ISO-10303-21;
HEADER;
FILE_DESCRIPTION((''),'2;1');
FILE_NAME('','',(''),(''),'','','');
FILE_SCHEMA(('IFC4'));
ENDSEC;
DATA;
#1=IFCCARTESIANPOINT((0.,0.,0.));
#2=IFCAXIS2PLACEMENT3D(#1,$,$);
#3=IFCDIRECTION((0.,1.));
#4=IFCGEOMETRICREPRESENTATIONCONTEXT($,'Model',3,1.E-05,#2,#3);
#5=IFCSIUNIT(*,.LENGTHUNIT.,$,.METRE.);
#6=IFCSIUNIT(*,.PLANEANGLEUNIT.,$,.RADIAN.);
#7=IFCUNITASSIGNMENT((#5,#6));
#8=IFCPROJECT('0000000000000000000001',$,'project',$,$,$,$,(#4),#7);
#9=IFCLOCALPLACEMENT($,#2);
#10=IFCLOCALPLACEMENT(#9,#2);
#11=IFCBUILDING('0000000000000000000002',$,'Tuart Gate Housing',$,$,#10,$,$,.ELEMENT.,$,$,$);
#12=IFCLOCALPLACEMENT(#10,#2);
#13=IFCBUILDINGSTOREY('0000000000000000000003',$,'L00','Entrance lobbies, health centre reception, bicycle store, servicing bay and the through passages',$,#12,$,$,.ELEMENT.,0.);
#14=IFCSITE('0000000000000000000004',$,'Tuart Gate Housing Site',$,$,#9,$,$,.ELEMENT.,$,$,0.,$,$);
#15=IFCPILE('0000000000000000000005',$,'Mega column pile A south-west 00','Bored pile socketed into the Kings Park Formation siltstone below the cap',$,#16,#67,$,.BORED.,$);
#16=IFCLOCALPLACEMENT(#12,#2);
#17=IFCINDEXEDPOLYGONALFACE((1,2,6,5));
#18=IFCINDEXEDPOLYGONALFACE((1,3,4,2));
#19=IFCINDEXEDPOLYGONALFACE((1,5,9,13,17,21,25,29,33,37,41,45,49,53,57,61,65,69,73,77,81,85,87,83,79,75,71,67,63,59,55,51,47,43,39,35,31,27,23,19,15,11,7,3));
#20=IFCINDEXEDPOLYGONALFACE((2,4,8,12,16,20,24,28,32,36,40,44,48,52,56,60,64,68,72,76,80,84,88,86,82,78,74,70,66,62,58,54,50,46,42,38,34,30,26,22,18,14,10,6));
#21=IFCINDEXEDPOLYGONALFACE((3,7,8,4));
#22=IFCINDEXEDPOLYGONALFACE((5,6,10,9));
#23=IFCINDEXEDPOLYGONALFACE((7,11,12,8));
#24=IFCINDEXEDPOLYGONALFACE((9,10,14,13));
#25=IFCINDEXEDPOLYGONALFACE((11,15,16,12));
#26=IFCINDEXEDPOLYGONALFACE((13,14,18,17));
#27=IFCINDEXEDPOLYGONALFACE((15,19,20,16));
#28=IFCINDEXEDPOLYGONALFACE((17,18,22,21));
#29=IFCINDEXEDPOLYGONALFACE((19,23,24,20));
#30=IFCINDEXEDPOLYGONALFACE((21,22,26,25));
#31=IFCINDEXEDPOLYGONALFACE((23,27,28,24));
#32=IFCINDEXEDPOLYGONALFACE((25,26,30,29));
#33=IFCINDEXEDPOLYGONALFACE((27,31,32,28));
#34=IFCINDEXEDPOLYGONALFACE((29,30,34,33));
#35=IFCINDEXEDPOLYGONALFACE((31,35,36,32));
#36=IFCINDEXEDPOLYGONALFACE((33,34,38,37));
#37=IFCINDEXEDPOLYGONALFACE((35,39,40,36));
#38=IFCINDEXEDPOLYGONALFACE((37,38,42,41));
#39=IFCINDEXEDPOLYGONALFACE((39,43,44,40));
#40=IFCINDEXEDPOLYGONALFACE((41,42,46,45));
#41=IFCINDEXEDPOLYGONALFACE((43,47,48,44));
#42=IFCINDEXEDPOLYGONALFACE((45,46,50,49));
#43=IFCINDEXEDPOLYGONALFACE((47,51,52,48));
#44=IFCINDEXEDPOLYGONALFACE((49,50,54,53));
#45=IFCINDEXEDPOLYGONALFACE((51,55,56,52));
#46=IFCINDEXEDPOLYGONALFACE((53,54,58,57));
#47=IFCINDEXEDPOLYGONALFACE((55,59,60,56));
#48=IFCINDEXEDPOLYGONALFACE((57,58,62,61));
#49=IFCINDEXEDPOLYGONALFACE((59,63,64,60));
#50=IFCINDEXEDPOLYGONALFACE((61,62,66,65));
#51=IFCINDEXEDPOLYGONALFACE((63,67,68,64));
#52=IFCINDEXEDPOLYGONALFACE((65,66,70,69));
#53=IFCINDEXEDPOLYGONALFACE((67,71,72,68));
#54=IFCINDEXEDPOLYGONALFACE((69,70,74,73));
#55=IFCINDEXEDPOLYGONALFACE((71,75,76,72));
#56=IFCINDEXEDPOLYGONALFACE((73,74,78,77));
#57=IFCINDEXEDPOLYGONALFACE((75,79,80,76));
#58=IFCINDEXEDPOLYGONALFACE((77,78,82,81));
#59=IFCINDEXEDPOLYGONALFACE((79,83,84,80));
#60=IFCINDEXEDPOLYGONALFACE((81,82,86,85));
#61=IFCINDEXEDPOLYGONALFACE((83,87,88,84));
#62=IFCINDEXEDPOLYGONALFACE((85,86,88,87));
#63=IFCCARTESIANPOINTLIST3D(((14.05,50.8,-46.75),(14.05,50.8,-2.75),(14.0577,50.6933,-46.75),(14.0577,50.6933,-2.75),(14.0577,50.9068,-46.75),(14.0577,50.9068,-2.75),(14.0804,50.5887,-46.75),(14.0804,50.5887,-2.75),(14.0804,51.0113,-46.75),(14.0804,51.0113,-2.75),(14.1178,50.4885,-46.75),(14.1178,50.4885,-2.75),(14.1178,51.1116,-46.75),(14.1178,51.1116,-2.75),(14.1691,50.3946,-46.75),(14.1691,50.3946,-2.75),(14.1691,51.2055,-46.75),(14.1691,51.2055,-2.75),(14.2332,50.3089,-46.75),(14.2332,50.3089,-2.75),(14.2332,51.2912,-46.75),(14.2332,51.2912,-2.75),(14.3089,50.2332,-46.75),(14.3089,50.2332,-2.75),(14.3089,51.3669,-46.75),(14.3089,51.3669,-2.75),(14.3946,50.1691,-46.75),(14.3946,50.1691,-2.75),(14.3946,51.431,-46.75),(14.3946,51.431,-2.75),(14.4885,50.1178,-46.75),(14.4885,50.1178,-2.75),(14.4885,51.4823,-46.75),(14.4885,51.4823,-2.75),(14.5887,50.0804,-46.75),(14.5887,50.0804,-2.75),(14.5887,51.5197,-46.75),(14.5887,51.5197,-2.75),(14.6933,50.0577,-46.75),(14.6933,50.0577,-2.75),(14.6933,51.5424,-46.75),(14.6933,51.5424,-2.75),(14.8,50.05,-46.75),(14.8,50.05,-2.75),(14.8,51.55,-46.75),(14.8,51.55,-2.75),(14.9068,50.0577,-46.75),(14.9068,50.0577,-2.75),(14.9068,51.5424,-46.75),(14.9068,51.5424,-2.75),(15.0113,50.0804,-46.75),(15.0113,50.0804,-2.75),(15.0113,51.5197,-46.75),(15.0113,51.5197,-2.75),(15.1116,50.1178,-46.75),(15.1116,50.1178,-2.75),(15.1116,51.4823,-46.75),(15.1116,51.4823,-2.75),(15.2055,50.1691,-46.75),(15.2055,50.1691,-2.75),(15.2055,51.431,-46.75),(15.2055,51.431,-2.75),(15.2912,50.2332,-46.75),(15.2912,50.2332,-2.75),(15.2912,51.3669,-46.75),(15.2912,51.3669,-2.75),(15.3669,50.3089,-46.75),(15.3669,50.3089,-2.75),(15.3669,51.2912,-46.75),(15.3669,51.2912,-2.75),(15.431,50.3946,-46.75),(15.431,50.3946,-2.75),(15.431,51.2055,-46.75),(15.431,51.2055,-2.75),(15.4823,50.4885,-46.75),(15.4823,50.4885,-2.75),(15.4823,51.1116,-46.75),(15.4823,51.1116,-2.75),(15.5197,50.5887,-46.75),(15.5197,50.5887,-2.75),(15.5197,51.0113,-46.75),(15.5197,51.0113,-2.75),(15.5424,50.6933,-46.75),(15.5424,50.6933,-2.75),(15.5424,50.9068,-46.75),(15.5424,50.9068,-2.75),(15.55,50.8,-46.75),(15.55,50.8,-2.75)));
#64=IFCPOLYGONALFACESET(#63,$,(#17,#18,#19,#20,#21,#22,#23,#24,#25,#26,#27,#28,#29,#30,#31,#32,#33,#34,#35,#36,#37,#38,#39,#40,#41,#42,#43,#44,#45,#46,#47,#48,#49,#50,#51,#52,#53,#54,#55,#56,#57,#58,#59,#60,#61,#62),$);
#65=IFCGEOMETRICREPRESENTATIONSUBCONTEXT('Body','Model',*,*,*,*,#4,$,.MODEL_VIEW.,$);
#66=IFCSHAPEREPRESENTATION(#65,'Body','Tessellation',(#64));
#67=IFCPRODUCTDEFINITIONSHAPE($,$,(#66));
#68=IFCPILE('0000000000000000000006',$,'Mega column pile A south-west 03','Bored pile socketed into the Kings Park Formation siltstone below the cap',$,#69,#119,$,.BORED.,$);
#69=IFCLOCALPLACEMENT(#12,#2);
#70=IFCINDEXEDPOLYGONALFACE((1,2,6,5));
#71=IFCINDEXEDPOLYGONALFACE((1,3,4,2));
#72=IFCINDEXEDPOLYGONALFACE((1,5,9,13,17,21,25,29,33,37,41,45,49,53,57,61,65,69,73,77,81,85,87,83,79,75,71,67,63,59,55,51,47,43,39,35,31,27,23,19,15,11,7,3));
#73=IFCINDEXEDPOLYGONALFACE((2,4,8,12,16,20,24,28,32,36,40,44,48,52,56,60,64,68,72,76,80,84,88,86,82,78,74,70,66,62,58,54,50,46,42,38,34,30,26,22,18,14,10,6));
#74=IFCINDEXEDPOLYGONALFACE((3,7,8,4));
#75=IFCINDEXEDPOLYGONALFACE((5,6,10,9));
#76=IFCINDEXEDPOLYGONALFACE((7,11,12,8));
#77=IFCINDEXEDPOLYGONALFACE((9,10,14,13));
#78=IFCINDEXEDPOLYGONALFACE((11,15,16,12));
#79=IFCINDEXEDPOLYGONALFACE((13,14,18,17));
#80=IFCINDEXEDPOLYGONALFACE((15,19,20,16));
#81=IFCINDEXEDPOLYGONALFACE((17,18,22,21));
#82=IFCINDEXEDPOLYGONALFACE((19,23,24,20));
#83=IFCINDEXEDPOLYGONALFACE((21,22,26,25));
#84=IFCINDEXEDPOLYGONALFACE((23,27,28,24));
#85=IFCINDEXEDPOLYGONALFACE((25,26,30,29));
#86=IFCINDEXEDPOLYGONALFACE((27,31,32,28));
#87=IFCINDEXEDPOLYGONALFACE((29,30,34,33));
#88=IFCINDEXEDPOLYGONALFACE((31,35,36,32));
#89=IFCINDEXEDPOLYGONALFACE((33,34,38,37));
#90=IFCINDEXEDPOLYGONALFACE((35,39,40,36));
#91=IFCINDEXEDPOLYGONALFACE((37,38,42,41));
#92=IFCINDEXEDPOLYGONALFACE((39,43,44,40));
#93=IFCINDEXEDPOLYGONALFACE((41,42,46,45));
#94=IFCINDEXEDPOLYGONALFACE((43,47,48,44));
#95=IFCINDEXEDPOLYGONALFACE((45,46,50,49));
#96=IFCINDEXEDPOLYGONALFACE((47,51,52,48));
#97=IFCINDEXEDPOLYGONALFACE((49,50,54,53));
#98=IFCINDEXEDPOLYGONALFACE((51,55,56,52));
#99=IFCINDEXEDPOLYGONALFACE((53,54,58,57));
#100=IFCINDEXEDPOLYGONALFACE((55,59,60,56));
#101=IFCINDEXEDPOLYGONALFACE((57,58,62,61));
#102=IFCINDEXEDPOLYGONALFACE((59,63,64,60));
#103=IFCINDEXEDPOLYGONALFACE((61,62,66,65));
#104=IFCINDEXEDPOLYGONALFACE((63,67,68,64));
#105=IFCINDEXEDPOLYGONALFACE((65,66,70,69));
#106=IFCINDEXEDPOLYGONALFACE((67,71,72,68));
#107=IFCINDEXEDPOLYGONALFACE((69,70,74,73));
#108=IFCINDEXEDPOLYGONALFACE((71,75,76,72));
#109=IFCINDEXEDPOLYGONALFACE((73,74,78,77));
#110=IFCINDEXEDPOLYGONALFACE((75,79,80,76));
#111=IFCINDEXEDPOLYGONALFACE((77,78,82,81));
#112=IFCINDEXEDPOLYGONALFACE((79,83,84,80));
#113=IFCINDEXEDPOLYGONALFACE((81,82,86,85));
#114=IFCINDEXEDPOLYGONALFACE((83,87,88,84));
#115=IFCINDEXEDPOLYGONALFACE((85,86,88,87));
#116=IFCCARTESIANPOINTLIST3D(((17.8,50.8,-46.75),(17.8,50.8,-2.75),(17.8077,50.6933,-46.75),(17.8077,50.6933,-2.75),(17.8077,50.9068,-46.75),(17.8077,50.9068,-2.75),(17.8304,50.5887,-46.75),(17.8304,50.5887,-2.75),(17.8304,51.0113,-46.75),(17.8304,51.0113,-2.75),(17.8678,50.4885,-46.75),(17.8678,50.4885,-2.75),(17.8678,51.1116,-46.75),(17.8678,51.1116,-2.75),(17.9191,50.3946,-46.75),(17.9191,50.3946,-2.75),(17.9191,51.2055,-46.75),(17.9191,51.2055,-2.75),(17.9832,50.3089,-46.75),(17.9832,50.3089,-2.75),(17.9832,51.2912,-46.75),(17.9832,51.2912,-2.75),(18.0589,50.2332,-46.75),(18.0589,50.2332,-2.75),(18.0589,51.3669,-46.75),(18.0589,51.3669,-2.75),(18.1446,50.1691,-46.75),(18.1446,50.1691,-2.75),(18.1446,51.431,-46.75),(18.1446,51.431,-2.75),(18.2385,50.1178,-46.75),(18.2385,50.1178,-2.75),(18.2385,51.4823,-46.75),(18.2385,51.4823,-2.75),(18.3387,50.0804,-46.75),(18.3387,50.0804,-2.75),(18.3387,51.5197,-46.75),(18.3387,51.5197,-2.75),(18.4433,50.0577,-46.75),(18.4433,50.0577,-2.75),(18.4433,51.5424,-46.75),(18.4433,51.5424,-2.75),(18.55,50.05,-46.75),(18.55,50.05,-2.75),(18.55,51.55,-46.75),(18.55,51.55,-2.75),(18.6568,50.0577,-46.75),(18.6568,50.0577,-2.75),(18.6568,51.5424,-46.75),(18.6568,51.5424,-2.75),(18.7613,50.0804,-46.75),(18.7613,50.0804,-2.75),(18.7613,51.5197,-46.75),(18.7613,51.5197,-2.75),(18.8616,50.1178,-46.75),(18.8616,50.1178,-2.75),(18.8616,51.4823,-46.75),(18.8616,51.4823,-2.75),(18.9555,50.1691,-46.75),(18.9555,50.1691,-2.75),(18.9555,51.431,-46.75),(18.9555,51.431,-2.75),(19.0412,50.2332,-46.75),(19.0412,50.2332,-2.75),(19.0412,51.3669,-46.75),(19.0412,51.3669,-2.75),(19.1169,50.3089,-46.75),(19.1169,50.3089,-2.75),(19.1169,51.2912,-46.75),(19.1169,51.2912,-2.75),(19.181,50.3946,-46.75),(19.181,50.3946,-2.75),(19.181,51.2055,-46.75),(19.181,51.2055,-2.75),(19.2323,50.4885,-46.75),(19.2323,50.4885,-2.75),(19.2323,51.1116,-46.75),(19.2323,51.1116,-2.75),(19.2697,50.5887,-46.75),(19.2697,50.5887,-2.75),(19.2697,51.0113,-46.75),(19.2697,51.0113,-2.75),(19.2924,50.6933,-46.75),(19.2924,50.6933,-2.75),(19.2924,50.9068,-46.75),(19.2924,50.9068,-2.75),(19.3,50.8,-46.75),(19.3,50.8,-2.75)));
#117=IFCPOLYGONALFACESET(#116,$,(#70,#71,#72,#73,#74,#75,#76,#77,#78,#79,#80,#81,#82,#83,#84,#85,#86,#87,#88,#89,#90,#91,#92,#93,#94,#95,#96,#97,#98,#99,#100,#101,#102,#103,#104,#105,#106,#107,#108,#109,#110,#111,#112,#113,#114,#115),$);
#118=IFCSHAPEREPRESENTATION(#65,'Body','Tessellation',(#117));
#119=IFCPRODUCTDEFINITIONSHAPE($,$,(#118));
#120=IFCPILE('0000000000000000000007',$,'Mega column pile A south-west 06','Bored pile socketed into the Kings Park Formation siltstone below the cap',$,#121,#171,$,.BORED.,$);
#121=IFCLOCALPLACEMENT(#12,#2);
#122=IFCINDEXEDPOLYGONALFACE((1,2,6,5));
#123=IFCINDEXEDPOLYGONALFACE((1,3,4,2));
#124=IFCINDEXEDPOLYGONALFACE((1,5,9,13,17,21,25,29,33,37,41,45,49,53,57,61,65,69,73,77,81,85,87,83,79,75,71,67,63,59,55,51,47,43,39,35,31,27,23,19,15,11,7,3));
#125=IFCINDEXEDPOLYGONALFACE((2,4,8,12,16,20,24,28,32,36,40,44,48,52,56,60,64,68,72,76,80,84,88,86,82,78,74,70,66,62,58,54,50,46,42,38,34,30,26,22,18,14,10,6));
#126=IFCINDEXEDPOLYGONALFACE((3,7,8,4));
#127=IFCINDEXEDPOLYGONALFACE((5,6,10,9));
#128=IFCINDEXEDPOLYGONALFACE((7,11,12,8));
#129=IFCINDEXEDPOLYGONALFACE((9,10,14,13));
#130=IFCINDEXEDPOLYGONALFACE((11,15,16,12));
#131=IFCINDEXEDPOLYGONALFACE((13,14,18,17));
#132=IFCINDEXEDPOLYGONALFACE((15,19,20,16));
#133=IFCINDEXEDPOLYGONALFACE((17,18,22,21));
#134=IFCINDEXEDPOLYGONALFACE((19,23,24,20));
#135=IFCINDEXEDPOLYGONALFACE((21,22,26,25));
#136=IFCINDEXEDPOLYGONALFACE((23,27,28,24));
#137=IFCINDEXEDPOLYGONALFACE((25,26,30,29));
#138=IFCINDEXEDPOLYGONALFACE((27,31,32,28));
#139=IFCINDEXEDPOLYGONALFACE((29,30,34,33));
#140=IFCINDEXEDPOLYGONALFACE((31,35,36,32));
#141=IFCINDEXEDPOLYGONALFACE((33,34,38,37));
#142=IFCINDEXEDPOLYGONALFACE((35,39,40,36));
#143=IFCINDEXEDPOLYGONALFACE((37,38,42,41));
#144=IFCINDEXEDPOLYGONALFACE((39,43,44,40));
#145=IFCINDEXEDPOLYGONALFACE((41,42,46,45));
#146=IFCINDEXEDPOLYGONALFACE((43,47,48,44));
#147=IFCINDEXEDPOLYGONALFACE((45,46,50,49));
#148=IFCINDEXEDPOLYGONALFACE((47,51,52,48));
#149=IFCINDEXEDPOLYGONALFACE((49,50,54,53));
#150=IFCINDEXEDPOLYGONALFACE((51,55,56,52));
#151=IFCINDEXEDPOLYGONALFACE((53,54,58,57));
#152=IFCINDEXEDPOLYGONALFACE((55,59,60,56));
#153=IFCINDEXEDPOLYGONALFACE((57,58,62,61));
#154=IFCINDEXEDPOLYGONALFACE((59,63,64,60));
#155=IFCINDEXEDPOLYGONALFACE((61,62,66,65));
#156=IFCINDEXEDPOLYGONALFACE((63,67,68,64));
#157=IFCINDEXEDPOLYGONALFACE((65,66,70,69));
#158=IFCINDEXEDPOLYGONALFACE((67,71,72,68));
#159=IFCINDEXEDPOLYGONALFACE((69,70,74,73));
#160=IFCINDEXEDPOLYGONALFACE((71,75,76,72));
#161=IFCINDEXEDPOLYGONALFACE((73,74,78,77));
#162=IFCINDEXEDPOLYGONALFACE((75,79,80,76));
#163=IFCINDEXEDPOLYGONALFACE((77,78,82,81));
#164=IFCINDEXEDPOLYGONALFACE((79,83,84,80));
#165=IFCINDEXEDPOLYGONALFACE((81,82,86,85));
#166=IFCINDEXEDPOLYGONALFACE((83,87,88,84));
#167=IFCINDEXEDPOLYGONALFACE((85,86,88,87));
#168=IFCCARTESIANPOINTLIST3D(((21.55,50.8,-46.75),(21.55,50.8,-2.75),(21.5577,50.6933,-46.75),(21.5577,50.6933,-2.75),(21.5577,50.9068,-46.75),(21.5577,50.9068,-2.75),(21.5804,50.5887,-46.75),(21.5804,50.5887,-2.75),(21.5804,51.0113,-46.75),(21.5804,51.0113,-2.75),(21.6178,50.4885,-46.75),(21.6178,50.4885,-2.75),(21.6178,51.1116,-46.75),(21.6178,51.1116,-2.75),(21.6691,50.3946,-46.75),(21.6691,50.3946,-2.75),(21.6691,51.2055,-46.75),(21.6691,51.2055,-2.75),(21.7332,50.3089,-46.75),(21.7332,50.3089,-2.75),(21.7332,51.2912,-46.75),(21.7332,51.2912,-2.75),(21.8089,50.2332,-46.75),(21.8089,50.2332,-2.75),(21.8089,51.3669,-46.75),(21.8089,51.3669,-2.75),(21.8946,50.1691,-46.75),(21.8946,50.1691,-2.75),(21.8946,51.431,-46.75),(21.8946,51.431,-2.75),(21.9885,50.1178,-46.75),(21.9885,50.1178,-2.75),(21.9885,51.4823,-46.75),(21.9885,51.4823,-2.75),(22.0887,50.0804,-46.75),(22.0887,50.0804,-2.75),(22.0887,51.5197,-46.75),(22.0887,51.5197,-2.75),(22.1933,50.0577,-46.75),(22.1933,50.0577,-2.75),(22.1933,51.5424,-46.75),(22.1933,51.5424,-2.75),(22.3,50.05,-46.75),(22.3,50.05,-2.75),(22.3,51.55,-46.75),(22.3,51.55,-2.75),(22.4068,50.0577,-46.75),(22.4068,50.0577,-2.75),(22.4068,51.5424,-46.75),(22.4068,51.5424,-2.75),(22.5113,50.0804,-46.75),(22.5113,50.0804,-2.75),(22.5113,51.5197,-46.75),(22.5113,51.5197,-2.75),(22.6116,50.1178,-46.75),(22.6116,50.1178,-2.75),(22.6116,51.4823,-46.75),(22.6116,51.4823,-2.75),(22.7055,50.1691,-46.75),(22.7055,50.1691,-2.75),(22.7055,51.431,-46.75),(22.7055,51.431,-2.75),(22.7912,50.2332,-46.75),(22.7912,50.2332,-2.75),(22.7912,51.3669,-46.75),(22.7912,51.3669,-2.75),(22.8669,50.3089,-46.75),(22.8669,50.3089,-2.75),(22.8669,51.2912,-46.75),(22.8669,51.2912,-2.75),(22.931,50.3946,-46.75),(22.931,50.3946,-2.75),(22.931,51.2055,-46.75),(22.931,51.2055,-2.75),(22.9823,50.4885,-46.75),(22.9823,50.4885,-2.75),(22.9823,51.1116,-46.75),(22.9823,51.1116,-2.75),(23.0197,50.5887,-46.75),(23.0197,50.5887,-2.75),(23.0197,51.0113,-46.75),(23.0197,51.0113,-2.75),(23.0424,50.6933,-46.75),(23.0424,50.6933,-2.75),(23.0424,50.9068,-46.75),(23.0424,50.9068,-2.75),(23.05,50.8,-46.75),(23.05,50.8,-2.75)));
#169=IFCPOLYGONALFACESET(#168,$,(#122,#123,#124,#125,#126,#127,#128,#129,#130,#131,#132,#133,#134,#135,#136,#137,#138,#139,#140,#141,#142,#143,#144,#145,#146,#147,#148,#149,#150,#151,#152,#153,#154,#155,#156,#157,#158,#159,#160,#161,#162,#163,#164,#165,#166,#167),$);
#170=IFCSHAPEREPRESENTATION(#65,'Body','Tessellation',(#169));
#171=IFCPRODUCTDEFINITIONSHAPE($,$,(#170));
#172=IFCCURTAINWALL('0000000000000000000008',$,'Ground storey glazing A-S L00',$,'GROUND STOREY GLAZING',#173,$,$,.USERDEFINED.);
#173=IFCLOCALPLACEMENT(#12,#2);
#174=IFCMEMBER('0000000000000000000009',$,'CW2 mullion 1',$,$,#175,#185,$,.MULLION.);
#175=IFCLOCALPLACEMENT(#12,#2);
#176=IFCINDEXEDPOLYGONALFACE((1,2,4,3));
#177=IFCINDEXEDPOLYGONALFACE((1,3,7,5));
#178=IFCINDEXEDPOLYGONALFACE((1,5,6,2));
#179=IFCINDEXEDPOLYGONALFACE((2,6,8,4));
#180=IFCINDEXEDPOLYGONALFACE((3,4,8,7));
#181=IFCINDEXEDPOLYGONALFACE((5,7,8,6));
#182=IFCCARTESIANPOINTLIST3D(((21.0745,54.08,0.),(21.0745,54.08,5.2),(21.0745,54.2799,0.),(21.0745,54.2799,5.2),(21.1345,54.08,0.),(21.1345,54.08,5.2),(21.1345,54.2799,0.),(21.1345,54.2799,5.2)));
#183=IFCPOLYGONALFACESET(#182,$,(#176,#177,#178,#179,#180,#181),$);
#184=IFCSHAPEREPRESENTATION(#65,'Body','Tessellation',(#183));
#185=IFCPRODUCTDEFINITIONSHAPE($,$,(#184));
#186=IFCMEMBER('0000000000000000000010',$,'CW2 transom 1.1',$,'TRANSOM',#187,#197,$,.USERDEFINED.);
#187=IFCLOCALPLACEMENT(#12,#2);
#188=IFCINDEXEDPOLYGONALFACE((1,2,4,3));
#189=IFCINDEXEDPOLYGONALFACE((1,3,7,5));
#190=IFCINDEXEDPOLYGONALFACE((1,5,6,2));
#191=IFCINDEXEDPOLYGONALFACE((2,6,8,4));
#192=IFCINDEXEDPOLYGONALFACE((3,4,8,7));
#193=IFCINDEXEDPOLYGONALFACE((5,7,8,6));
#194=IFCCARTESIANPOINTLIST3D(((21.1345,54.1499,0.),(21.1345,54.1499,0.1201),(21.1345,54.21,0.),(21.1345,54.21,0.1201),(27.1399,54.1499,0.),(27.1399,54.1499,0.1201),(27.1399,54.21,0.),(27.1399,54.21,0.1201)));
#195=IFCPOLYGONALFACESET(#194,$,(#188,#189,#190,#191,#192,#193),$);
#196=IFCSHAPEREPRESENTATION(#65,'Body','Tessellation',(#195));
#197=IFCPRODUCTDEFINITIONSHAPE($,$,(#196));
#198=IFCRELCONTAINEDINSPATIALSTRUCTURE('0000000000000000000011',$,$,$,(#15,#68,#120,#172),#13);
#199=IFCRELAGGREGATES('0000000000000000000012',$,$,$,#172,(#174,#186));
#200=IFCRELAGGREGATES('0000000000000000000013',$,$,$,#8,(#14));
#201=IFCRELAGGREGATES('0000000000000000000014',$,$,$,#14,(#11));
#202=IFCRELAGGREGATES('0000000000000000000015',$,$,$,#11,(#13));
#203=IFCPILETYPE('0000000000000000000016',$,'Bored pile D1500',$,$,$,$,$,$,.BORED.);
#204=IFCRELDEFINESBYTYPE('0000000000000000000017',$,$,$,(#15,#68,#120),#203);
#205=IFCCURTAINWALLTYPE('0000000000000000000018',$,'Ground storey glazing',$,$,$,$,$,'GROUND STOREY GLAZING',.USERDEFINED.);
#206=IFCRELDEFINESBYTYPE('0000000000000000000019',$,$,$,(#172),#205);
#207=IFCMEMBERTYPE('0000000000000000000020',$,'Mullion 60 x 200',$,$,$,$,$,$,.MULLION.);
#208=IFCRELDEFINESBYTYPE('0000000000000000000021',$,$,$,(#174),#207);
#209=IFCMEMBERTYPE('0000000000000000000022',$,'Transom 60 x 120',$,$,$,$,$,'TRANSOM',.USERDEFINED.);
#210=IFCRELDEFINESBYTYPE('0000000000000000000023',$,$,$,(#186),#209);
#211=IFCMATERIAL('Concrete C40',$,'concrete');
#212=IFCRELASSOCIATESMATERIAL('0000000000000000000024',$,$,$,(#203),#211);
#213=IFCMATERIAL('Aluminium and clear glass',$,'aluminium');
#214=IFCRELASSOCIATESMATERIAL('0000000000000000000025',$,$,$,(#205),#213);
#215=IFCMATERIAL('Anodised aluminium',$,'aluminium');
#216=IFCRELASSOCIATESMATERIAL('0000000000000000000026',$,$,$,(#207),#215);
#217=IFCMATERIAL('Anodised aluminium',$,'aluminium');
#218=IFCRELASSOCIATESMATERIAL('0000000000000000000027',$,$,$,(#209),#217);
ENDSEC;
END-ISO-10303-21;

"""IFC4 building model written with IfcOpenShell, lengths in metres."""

from ifc_helpers import new_model, si_unit, direction, frame, origin, origin_2d, place, context, subcontext, project, spatial, rectangle, circle, extrude, material, material_profile, profile_set, type_object, element, aggregate, save


model = new_model("IFC4")

# Units and contexts
model_context = context("Model", 3, precision=1e-05, world=origin(), true_north=direction((0.0, 1.0)))
body_context = subcontext(model_context, "Body", "Model", "MODEL_VIEW")
ifc_project = project(units=[si_unit("LENGTHUNIT", "METRE"), si_unit("PLANEANGLEUNIT", "RADIAN")], contexts=[model_context])

# Site, building, storey
site_placement = place(None, origin())
site = spatial("IfcSite", under=ifc_project, at=site_placement, Name="Tuart Gate Housing Site", CompositionType="ELEMENT", RefElevation=0.0)
building_placement = place(site_placement, origin())
building = spatial("IfcBuilding", under=site, at=building_placement, Name="Tuart Gate Housing", CompositionType="ELEMENT")
storey_placement = place(building_placement, origin())
storey = spatial("IfcBuildingStorey", under=building, at=storey_placement, Name="L00", Description="Entrance lobbies, health centre reception, bicycle store, servicing bay and the through passages", CompositionType="ELEMENT", Elevation=0.0)

# Piles
ifc_material_1 = material(Name="Concrete C40", Category="concrete")
ifc_material_profile_1 = material_profile(ifc_material_1, circle(Radius=0.75, at=origin_2d()), Name="Bored pile D1500")
ifc_profile_set_1 = profile_set([ifc_material_profile_1], Name="Concrete C40")
pile_type = type_object("IfcPileType", Name="Bored pile D1500", PredefinedType="BORED", material=ifc_profile_set_1)
for number, where, z_axis, x_axis, name in (
    (1, (14.8, 50.8, -2.75), (0.0, 0.0, -1.0), (1.0, 0.0, 0.0), "Mega column pile A south-west 00"),
    (2, (18.55, 50.8, -2.75), (0.0, 0.0, -1.0), (1.0, 0.0, 0.0), "Mega column pile A south-west 03"),
    (3, (22.3, 50.8, -2.75), (0.0, 0.0, -1.0), (1.0, 0.0, 0.0), "Mega column pile A south-west 06"),
):
    element("IfcPile", number, at=place(storey_placement, frame(where, z_axis=z_axis, x_axis=x_axis)), inside=storey, type_object=pile_type, Name=name, Description="Bored pile socketed into the Kings Park Formation siltstone below the cap", PredefinedType="BORED", context=body_context, shape_type="SweptSolid", body=[
        extrude(circle(Radius=0.75, at=origin_2d()), origin(), (0.0, 0.0, 1.0), 44.0),
    ])

# Curtain wall, members
ifc_material_2 = material(Name="Aluminium and clear glass", Category="aluminium")
curtain_wall_type = type_object("IfcCurtainWallType", Name="Ground storey glazing", ElementType="GROUND STOREY GLAZING", PredefinedType="USERDEFINED", material=ifc_material_2)
curtain_wall_placement = place(storey_placement, origin())
curtain_wall = element("IfcCurtainWall", 4, at=curtain_wall_placement, inside=storey, type_object=curtain_wall_type, Name="Ground storey glazing A-S L00", ObjectType="GROUND STOREY GLAZING", PredefinedType="USERDEFINED")
ifc_material_3 = material(Name="Anodised aluminium", Category="aluminium")
ifc_material_profile_2 = material_profile(ifc_material_3, rectangle(XDim=0.0601, YDim=0.2, at=origin_2d()), Name="60x200")
ifc_profile_set_2 = profile_set([ifc_material_profile_2], Name="Anodised aluminium")
member_type_1 = type_object("IfcMemberType", Name="Mullion 60 x 200", PredefinedType="MULLION", material=ifc_profile_set_2)
member_1_placement = place(storey_placement, frame((21.1045, 54.1799, 0.0), z_axis=(0.0, 0.0, 1.0), x_axis=(1.0, 0.0, 0.0)))
member_1 = element("IfcMember", 5, at=member_1_placement, type_object=member_type_1, Name="CW2 mullion 1", PredefinedType="MULLION", context=body_context, shape_type="SweptSolid", body=[
    extrude(rectangle(XDim=0.0601, YDim=0.2, at=origin_2d()), origin(), (0.0, 0.0, 1.0), 5.2),
])
ifc_material_4 = material(Name="Anodised aluminium", Category="aluminium")
ifc_material_profile_3 = material_profile(ifc_material_4, rectangle(XDim=0.0601, YDim=0.1201, at=origin_2d()), Name="60x120")
ifc_profile_set_3 = profile_set([ifc_material_profile_3], Name="Anodised aluminium")
member_type_2 = type_object("IfcMemberType", Name="Transom 60 x 120", ElementType="TRANSOM", PredefinedType="USERDEFINED", material=ifc_profile_set_3)
member_2_placement = place(storey_placement, frame((21.1345, 54.1799, 0.0601), z_axis=(1.0, 0.0, 0.0), x_axis=(0.0, 1.0, 0.0)))
member_2 = element("IfcMember", 6, at=member_2_placement, type_object=member_type_2, Name="CW2 transom 1.1", ObjectType="TRANSOM", PredefinedType="USERDEFINED", context=body_context, shape_type="SweptSolid", body=[
    extrude(rectangle(XDim=0.0601, YDim=0.1201, at=origin_2d()), origin(), (0.0, 0.0, 1.0), 6.0054),
])
aggregate(curtain_wall, [member_1, member_2])

save(model, "model.ifc")
